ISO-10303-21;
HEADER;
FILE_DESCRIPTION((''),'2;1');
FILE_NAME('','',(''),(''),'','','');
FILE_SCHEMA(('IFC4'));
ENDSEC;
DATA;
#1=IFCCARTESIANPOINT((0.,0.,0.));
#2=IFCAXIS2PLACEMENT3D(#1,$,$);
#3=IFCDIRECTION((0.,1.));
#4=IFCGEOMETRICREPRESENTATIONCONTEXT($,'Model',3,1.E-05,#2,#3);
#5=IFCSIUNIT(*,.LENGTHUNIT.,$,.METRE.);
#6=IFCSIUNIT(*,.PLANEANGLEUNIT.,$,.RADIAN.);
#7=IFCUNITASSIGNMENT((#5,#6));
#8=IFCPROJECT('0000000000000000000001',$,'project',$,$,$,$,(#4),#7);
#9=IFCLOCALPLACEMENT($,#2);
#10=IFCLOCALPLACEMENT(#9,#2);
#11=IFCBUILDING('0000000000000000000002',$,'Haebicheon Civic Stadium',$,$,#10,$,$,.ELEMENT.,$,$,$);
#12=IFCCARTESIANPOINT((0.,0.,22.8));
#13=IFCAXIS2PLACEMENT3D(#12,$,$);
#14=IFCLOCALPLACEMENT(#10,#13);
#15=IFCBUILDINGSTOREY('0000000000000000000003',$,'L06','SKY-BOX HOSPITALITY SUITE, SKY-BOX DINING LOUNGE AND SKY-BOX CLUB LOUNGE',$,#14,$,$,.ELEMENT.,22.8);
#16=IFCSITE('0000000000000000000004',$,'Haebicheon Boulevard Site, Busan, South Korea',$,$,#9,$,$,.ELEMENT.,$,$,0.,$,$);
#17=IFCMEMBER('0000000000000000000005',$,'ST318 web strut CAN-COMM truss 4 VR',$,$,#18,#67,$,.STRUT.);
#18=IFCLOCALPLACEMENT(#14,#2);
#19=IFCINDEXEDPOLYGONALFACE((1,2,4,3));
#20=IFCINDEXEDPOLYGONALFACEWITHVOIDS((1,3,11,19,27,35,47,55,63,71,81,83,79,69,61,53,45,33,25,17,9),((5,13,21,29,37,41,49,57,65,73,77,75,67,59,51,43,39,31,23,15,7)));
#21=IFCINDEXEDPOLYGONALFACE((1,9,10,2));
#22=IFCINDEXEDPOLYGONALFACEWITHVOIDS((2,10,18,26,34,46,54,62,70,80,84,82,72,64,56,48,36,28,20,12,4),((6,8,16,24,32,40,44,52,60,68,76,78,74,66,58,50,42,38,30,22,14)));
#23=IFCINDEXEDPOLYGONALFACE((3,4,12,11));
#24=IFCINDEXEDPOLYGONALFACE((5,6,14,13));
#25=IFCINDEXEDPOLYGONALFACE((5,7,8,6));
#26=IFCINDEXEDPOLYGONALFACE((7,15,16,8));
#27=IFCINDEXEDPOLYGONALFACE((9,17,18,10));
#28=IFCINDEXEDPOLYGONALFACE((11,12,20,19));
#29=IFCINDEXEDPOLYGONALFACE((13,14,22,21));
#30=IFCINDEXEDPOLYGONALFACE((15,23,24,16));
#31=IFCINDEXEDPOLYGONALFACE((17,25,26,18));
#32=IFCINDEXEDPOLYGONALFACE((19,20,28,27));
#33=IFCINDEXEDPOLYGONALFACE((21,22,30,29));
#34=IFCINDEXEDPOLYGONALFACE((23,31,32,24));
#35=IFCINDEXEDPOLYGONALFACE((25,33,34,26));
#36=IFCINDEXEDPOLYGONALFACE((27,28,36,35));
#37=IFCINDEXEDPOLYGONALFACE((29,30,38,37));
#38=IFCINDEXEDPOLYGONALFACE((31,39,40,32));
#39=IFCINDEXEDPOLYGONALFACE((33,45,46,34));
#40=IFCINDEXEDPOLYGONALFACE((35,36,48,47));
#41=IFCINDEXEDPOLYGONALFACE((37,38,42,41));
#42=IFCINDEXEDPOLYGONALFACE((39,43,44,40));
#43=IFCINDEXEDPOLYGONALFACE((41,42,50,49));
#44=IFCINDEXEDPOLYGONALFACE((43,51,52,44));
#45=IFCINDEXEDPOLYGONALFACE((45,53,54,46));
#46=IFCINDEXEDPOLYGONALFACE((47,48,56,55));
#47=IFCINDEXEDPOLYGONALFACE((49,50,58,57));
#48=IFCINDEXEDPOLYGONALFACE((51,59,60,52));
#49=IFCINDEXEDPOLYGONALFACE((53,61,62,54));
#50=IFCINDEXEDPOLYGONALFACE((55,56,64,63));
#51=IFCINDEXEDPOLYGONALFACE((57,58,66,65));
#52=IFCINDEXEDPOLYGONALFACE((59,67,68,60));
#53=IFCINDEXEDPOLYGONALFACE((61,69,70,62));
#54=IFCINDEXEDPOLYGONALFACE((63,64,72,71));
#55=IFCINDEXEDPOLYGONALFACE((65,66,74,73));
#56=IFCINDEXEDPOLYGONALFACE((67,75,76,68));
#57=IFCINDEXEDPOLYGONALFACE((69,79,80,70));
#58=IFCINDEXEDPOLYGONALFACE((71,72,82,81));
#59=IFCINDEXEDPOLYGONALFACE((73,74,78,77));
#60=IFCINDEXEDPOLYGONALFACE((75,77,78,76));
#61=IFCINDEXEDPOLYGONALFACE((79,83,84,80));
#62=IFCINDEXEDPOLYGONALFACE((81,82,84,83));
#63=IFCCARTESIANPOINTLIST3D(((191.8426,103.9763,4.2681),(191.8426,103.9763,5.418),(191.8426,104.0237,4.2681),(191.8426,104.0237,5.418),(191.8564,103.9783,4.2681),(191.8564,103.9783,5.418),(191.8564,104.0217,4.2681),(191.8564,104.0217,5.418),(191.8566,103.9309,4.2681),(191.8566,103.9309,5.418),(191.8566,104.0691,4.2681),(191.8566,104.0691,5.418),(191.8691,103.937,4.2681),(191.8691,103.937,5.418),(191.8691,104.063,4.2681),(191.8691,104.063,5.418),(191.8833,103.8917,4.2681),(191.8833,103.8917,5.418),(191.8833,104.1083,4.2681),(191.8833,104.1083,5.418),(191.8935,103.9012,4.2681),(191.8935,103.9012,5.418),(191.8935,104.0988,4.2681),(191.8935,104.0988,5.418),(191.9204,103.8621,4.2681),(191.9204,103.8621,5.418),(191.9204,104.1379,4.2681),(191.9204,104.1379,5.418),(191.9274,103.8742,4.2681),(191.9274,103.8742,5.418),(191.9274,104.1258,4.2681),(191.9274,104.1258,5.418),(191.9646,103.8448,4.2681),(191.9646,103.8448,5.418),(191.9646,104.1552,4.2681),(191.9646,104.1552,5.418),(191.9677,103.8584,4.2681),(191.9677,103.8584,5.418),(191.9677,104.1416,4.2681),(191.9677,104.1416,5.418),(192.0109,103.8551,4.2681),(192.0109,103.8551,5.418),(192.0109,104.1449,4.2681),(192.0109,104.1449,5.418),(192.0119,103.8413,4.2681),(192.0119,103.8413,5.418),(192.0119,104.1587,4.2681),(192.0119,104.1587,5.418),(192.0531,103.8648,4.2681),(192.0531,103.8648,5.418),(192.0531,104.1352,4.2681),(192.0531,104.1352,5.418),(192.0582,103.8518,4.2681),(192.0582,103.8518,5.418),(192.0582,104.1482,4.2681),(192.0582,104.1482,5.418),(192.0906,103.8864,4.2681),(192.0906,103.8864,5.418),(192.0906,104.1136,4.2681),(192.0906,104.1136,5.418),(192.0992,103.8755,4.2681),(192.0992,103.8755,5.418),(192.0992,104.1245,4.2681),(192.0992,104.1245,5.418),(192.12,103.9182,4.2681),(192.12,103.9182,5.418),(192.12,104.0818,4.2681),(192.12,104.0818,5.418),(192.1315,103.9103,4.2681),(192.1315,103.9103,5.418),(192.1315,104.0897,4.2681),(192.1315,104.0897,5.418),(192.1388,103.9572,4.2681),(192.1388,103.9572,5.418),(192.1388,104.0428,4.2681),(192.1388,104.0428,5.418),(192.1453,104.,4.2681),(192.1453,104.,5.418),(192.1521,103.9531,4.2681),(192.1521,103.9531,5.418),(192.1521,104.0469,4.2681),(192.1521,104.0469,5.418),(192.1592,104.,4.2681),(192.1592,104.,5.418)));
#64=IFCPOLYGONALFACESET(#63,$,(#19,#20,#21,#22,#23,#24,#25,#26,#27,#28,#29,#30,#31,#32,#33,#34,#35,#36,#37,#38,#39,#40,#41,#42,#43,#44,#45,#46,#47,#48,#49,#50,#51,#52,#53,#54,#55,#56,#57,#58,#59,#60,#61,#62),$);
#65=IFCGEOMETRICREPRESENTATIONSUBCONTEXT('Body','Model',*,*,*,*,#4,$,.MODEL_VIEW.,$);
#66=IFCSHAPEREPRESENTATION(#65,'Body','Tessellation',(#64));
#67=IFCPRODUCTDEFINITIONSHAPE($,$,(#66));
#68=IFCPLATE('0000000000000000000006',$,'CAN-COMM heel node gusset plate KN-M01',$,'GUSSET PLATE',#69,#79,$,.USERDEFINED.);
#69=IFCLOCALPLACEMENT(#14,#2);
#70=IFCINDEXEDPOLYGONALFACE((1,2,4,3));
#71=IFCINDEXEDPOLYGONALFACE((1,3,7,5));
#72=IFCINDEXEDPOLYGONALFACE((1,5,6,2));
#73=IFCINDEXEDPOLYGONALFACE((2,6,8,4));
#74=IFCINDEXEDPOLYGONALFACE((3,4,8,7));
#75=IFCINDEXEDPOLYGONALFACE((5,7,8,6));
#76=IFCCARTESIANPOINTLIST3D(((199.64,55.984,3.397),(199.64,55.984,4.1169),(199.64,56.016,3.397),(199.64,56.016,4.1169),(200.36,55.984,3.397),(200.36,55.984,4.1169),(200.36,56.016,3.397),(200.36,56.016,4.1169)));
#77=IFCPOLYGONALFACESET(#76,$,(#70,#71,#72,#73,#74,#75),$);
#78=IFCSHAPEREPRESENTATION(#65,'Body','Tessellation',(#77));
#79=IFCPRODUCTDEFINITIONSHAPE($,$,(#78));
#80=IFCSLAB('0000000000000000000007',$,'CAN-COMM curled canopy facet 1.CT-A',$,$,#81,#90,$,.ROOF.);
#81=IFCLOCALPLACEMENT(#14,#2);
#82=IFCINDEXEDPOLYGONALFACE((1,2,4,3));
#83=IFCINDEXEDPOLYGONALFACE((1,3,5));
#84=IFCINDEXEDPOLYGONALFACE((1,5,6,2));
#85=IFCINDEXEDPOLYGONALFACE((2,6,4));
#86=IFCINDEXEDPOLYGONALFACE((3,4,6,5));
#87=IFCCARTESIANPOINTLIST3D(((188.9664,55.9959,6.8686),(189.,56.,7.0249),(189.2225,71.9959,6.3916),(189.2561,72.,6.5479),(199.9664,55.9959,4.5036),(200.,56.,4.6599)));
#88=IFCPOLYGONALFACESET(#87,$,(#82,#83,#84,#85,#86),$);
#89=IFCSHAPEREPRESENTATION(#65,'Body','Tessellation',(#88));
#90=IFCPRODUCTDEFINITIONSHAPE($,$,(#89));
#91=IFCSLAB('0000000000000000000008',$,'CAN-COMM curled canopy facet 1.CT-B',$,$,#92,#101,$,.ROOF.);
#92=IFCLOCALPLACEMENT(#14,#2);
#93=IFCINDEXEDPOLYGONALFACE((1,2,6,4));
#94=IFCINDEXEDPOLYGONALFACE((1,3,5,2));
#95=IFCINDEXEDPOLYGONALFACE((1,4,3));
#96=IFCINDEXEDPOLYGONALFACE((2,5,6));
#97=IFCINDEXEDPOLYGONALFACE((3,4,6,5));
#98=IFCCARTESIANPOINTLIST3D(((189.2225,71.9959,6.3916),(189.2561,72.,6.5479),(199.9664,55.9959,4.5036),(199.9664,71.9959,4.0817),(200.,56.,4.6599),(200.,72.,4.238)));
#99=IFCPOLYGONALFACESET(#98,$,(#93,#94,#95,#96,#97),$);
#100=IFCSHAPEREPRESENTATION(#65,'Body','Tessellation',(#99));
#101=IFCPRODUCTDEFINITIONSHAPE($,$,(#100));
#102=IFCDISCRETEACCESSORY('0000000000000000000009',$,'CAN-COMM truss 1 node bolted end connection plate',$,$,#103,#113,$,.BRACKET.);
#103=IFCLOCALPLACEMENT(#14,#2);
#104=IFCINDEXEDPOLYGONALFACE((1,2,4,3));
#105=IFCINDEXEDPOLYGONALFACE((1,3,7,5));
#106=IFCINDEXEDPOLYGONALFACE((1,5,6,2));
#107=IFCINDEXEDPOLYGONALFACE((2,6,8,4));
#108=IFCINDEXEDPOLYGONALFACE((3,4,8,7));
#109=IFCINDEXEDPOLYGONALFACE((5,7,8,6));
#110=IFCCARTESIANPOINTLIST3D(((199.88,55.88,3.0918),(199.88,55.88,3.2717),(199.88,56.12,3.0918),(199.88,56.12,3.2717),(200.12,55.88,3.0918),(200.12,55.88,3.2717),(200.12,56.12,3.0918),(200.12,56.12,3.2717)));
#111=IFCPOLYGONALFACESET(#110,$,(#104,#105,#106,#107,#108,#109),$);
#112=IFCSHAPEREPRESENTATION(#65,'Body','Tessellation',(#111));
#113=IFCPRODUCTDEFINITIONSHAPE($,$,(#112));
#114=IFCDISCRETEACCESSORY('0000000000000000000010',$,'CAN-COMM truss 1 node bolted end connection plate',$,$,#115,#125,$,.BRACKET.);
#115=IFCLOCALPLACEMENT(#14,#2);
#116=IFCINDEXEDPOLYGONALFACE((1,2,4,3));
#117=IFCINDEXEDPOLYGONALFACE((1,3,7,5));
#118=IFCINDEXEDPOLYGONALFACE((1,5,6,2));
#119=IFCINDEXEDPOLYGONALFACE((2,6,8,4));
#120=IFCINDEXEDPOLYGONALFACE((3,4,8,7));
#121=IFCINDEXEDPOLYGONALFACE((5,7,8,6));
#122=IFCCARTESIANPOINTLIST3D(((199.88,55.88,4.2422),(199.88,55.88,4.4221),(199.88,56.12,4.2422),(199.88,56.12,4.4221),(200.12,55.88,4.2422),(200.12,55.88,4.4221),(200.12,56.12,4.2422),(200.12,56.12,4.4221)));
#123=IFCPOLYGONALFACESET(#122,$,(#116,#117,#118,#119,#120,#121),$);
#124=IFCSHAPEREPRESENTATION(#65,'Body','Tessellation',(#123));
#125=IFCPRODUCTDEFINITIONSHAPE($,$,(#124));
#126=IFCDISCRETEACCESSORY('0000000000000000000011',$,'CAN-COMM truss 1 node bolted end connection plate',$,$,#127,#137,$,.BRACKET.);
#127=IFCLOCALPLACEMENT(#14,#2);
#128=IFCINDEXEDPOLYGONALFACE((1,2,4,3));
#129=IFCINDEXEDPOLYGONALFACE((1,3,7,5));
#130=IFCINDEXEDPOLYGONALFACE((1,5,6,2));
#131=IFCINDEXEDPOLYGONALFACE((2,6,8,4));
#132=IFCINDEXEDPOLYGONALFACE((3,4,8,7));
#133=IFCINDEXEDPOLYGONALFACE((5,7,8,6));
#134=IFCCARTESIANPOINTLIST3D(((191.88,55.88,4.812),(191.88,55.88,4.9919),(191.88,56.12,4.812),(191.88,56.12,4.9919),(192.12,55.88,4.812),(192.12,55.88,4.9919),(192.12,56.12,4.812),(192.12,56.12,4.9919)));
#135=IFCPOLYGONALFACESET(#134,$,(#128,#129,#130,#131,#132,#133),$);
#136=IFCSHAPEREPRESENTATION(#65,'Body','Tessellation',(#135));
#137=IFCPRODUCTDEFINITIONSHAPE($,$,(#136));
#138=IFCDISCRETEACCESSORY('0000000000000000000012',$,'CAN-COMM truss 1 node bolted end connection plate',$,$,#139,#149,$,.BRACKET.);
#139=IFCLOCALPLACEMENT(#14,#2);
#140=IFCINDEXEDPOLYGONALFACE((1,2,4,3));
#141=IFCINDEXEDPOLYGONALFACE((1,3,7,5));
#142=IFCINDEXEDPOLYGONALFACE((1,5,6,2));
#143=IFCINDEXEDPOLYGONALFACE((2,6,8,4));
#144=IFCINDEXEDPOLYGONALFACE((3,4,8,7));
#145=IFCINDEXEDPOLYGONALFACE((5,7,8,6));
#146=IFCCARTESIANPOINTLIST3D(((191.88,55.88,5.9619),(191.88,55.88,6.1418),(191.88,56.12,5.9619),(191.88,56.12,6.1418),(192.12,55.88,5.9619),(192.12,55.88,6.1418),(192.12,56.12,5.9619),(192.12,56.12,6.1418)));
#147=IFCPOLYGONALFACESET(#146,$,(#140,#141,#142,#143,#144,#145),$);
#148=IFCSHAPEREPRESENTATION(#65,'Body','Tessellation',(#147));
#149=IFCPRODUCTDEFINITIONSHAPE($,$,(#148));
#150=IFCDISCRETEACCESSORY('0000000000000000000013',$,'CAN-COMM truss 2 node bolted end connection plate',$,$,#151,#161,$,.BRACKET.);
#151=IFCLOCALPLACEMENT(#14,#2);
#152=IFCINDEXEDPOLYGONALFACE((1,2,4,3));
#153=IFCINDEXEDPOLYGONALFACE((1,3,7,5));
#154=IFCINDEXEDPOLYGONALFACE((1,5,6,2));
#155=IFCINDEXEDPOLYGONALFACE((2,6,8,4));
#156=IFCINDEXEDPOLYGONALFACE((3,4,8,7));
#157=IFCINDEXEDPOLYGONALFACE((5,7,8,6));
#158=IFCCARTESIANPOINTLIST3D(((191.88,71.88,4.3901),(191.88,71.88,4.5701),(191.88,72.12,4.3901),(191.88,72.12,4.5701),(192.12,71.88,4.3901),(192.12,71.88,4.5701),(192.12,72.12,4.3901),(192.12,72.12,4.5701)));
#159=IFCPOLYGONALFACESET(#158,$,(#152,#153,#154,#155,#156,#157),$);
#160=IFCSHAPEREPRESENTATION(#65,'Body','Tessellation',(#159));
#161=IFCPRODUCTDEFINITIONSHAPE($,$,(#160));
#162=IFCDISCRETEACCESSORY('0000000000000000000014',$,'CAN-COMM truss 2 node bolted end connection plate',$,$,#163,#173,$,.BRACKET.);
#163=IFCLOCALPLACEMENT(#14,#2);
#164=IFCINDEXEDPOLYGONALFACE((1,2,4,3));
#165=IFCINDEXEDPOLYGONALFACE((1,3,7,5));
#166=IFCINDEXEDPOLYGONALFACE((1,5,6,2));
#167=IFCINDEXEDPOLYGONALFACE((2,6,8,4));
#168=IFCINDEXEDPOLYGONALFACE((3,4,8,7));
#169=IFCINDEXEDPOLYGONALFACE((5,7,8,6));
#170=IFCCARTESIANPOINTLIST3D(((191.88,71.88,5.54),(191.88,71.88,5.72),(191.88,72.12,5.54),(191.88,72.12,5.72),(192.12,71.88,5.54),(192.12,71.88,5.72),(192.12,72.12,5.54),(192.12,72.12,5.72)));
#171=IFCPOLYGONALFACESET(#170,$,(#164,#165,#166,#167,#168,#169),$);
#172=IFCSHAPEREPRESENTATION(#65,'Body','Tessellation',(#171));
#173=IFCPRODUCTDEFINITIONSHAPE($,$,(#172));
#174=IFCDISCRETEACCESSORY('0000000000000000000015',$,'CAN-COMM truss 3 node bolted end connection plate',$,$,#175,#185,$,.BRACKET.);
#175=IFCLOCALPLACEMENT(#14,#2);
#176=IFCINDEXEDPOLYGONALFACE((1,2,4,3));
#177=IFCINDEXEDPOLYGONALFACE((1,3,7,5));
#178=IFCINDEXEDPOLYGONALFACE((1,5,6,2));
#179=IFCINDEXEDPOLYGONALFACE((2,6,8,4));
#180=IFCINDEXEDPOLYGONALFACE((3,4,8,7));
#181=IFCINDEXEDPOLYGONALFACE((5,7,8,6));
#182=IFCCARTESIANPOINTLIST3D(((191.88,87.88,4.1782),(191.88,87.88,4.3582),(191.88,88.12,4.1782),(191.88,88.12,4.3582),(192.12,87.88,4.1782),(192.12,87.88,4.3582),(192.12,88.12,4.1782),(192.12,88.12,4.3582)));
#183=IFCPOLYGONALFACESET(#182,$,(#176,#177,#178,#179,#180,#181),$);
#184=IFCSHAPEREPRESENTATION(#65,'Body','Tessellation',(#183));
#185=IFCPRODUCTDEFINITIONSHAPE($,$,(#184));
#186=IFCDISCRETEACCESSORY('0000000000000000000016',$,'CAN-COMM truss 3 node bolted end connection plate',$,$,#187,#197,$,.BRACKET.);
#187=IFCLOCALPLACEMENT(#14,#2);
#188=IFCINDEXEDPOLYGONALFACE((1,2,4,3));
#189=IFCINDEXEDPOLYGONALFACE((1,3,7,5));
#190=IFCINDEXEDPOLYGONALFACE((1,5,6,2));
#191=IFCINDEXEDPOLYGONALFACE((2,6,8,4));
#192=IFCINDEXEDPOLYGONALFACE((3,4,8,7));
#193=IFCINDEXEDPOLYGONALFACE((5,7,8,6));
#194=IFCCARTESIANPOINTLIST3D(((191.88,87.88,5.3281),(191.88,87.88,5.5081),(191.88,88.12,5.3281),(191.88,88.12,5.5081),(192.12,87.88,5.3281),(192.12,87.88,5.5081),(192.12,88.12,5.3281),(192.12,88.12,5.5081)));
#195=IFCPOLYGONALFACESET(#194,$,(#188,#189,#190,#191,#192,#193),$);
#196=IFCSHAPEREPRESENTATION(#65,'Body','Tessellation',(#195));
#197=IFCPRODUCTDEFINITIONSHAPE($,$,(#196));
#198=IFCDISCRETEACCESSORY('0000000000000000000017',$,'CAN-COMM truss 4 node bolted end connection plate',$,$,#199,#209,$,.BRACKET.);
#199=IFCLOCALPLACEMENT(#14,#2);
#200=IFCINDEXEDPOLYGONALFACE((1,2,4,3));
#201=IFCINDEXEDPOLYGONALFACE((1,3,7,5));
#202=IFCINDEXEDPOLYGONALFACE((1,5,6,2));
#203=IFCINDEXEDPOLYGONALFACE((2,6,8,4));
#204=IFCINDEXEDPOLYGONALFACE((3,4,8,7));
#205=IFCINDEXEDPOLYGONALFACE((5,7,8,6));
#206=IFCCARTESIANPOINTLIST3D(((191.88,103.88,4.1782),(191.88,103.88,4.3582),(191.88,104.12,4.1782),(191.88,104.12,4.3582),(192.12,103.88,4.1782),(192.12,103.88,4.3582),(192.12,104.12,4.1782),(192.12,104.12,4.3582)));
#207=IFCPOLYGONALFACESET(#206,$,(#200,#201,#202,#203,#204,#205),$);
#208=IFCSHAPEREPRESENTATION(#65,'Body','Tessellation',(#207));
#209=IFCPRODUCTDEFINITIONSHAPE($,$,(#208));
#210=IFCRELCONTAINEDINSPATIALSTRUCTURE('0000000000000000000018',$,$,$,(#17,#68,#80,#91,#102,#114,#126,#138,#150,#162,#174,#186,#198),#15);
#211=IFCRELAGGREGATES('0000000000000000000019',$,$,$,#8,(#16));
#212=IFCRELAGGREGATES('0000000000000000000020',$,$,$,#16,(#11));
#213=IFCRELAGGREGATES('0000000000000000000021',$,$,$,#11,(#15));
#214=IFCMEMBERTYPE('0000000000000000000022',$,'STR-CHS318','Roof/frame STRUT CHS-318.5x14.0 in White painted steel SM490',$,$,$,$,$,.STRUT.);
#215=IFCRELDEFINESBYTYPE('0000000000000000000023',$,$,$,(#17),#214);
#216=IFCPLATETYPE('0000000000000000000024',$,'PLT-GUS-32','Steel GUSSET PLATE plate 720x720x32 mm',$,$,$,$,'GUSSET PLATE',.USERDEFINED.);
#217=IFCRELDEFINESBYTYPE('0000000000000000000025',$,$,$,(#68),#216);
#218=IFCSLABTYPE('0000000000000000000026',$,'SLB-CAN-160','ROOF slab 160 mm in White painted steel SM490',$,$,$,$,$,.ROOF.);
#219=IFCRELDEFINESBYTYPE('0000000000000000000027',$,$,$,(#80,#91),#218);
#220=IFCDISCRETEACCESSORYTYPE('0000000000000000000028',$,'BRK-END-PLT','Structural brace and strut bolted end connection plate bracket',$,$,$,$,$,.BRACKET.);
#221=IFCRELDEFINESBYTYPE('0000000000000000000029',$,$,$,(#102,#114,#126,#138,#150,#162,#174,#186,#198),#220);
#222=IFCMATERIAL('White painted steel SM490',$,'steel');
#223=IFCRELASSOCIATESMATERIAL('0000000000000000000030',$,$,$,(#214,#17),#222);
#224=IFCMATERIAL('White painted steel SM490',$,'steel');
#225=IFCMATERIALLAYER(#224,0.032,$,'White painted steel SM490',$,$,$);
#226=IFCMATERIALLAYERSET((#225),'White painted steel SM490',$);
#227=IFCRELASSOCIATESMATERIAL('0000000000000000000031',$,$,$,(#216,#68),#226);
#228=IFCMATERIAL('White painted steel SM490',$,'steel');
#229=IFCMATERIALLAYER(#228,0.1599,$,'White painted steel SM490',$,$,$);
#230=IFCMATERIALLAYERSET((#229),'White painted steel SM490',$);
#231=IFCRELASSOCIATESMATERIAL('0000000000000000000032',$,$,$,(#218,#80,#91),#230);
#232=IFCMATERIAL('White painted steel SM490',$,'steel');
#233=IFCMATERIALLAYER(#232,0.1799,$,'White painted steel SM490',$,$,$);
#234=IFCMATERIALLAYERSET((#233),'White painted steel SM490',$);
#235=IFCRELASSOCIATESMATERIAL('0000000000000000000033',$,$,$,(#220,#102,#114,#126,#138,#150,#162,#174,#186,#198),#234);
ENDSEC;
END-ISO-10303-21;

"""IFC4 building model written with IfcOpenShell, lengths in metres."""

from ifc_helpers import new_model, si_unit, direction, frame, origin, origin_2d, place, context, subcontext, project, spatial, polyline, rectangle, hollow_circle, outline, extrude, material, layer, layer_set, material_profile, profile_set, type_object, element, save


model = new_model("IFC4")

# Units and contexts
model_context = context("Model", 3, precision=1e-05, world=origin(), true_north=direction((0.0, 1.0)))
body_context = subcontext(model_context, "Body", "Model", "MODEL_VIEW")
ifc_project = project(units=[si_unit("LENGTHUNIT", "METRE"), si_unit("PLANEANGLEUNIT", "RADIAN")], contexts=[model_context])

# Site, building, storey
site_placement = place(None, origin())
site = spatial("IfcSite", under=ifc_project, at=site_placement, Name="Haebicheon Boulevard Site, Busan, South Korea", CompositionType="ELEMENT", RefElevation=0.0)
building_placement = place(site_placement, origin())
building = spatial("IfcBuilding", under=site, at=building_placement, Name="Haebicheon Civic Stadium", CompositionType="ELEMENT")
storey_placement = place(building_placement, frame((0.0, 0.0, 22.8)))
storey = spatial("IfcBuildingStorey", under=building, at=storey_placement, Name="L06", Description="SKY-BOX HOSPITALITY SUITE, SKY-BOX DINING LOUNGE AND SKY-BOX CLUB LOUNGE", CompositionType="ELEMENT", Elevation=22.8)

# Member
ifc_material_1 = material(Name="White painted steel SM490", Category="steel")
ifc_material_profile_1 = material_profile(ifc_material_1, hollow_circle(Radius=0.1592, WallThickness=0.0139, at=origin_2d()), Name="CHS-318.5x14.0")
ifc_profile_set_1 = profile_set([ifc_material_profile_1], Name="White painted steel SM490")
member_type_1 = type_object("IfcMemberType", Name="STR-CHS318", Description="Roof/frame STRUT CHS-318.5x14.0 in White painted steel SM490", PredefinedType="STRUT", material=ifc_profile_set_1)
for number, where, z_axis, x_axis, name in (
    (1, (192.0, 104.0, 4.2681), (0.0, 0.0, 1.0), (1.0, 0.0, 0.0), "ST318 web strut CAN-COMM truss 4 VR"),
):
    element("IfcMember", number, at=place(storey_placement, frame(where, z_axis=z_axis, x_axis=x_axis)), inside=storey, type_object=member_type_1, material=ifc_profile_set_1, Name=name, PredefinedType="STRUT", context=body_context, shape_type="SweptSolid", body=[
        extrude(hollow_circle(Radius=0.1592, WallThickness=0.0139, at=origin_2d()), origin(), (0.0, 0.0, 1.0), 1.1499),
    ])

# Plate
ifc_material_2 = material(Name="White painted steel SM490", Category="steel")
ifc_layer_1 = layer(ifc_material_2, 0.032, Name="White painted steel SM490")
ifc_layer_set_1 = layer_set([ifc_layer_1], Name="White painted steel SM490")
plate_type = type_object("IfcPlateType", Name="PLT-GUS-32", Description="Steel GUSSET PLATE plate 720x720x32 mm", ElementType="GUSSET PLATE", PredefinedType="USERDEFINED", material=ifc_layer_set_1)
plate_placement = place(storey_placement, frame((200.0, 56.0, 3.397), z_axis=(0.0, 0.0, 1.0), x_axis=(1.0, 0.0, 0.0)))
element("IfcPlate", 2, at=plate_placement, inside=storey, type_object=plate_type, material=ifc_layer_set_1, Name="CAN-COMM heel node gusset plate KN-M01", ObjectType="GUSSET PLATE", PredefinedType="USERDEFINED", context=body_context, shape_type="SweptSolid", body=[
    extrude(rectangle(XDim=0.72, YDim=0.032, at=origin_2d()), origin(), (0.0, 0.0, 1.0), 0.72),
])

# Slabs
ifc_material_3 = material(Name="White painted steel SM490", Category="steel")
ifc_layer_2 = layer(ifc_material_3, 0.1599, Name="White painted steel SM490")
ifc_layer_set_2 = layer_set([ifc_layer_2], Name="White painted steel SM490")
slab_type = type_object("IfcSlabType", Name="SLB-CAN-160", Description="ROOF slab 160 mm in White painted steel SM490", PredefinedType="ROOF", material=ifc_layer_set_2)
slab_1_placement = place(storey_placement, frame((200.0, 56.0, 4.6599), z_axis=(0.210126, 0.025777, 0.977334), x_axis=(-0.977659, 0.0, 0.210196)))
element("IfcSlab", 3, at=slab_1_placement, inside=storey, type_object=slab_type, material=ifc_layer_set_2, Name="CAN-COMM curled canopy facet 1.CT-A", PredefinedType="ROOF", context=body_context, shape_type="SweptSolid", body=[
    extrude(outline(polyline([(0.0, 0.0), (11.2514, 0.0), (10.9007, -16.0053), (0.0, 0.0)])), origin(), (0.0, 0.0, -1.0), 0.1599),
])
slab_2_placement = place(storey_placement, frame((200.0, 56.0, 4.6599), z_axis=(0.210116, 0.02577, 0.977337), x_axis=(-0.554816, 0.826241, 0.097493)))
element("IfcSlab", 4, at=slab_2_placement, inside=storey, type_object=slab_type, material=ifc_layer_set_2, Name="CAN-COMM curled canopy facet 1.CT-B", PredefinedType="ROOF", context=body_context, shape_type="SweptSolid", body=[
    extrude(outline(polyline([(0.0, 0.0), (19.3648, 0.0), (13.1787, -9.0829), (0.0, 0.0)])), origin(), (0.0, 0.0, -1.0), 0.1599),
])

# Discrete accessories
ifc_material_4 = material(Name="White painted steel SM490", Category="steel")
ifc_layer_3 = layer(ifc_material_4, 0.1799, Name="White painted steel SM490")
ifc_layer_set_3 = layer_set([ifc_layer_3], Name="White painted steel SM490")
discrete_accessory_type = type_object("IfcDiscreteAccessoryType", Name="BRK-END-PLT", Description="Structural brace and strut bolted end connection plate bracket", PredefinedType="BRACKET", material=ifc_layer_set_3)
for number, where, z_axis, x_axis, name in (
    (5, (200.0, 56.0, 3.0918), (0.0, 0.0, 1.0), (1.0, 0.0, 0.0), "CAN-COMM truss 1 node bolted end connection plate"),
    (6, (200.0, 56.0, 4.2422), (0.0, 0.0, 1.0), (1.0, 0.0, 0.0), "CAN-COMM truss 1 node bolted end connection plate"),
    (7, (192.0, 56.0, 4.812), (0.0, 0.0, 1.0), (1.0, 0.0, 0.0), "CAN-COMM truss 1 node bolted end connection plate"),
    (8, (192.0, 56.0, 5.9619), (0.0, 0.0, 1.0), (1.0, 0.0, 0.0), "CAN-COMM truss 1 node bolted end connection plate"),
    (9, (192.0, 72.0, 4.3901), (0.0, 0.0, 1.0), (1.0, 0.0, 0.0), "CAN-COMM truss 2 node bolted end connection plate"),
    (10, (192.0, 72.0, 5.54), (0.0, 0.0, 1.0), (1.0, 0.0, 0.0), "CAN-COMM truss 2 node bolted end connection plate"),
    (11, (192.0, 88.0, 4.1782), (0.0, 0.0, 1.0), (1.0, 0.0, 0.0), "CAN-COMM truss 3 node bolted end connection plate"),
    (12, (192.0, 88.0, 5.3281), (0.0, 0.0, 1.0), (1.0, 0.0, 0.0), "CAN-COMM truss 3 node bolted end connection plate"),
    (13, (192.0, 104.0, 4.1782), (0.0, 0.0, 1.0), (1.0, 0.0, 0.0), "CAN-COMM truss 4 node bolted end connection plate"),
):
    element("IfcDiscreteAccessory", number, at=place(storey_placement, frame(where, z_axis=z_axis, x_axis=x_axis)), inside=storey, type_object=discrete_accessory_type, material=ifc_layer_set_3, Name=name, PredefinedType="BRACKET", context=body_context, shape_type="SweptSolid", body=[
        extrude(rectangle(XDim=0.24, YDim=0.24, at=origin_2d()), origin(), (0.0, 0.0, 1.0), 0.1799),
    ])

save(model, "model.ifc")
